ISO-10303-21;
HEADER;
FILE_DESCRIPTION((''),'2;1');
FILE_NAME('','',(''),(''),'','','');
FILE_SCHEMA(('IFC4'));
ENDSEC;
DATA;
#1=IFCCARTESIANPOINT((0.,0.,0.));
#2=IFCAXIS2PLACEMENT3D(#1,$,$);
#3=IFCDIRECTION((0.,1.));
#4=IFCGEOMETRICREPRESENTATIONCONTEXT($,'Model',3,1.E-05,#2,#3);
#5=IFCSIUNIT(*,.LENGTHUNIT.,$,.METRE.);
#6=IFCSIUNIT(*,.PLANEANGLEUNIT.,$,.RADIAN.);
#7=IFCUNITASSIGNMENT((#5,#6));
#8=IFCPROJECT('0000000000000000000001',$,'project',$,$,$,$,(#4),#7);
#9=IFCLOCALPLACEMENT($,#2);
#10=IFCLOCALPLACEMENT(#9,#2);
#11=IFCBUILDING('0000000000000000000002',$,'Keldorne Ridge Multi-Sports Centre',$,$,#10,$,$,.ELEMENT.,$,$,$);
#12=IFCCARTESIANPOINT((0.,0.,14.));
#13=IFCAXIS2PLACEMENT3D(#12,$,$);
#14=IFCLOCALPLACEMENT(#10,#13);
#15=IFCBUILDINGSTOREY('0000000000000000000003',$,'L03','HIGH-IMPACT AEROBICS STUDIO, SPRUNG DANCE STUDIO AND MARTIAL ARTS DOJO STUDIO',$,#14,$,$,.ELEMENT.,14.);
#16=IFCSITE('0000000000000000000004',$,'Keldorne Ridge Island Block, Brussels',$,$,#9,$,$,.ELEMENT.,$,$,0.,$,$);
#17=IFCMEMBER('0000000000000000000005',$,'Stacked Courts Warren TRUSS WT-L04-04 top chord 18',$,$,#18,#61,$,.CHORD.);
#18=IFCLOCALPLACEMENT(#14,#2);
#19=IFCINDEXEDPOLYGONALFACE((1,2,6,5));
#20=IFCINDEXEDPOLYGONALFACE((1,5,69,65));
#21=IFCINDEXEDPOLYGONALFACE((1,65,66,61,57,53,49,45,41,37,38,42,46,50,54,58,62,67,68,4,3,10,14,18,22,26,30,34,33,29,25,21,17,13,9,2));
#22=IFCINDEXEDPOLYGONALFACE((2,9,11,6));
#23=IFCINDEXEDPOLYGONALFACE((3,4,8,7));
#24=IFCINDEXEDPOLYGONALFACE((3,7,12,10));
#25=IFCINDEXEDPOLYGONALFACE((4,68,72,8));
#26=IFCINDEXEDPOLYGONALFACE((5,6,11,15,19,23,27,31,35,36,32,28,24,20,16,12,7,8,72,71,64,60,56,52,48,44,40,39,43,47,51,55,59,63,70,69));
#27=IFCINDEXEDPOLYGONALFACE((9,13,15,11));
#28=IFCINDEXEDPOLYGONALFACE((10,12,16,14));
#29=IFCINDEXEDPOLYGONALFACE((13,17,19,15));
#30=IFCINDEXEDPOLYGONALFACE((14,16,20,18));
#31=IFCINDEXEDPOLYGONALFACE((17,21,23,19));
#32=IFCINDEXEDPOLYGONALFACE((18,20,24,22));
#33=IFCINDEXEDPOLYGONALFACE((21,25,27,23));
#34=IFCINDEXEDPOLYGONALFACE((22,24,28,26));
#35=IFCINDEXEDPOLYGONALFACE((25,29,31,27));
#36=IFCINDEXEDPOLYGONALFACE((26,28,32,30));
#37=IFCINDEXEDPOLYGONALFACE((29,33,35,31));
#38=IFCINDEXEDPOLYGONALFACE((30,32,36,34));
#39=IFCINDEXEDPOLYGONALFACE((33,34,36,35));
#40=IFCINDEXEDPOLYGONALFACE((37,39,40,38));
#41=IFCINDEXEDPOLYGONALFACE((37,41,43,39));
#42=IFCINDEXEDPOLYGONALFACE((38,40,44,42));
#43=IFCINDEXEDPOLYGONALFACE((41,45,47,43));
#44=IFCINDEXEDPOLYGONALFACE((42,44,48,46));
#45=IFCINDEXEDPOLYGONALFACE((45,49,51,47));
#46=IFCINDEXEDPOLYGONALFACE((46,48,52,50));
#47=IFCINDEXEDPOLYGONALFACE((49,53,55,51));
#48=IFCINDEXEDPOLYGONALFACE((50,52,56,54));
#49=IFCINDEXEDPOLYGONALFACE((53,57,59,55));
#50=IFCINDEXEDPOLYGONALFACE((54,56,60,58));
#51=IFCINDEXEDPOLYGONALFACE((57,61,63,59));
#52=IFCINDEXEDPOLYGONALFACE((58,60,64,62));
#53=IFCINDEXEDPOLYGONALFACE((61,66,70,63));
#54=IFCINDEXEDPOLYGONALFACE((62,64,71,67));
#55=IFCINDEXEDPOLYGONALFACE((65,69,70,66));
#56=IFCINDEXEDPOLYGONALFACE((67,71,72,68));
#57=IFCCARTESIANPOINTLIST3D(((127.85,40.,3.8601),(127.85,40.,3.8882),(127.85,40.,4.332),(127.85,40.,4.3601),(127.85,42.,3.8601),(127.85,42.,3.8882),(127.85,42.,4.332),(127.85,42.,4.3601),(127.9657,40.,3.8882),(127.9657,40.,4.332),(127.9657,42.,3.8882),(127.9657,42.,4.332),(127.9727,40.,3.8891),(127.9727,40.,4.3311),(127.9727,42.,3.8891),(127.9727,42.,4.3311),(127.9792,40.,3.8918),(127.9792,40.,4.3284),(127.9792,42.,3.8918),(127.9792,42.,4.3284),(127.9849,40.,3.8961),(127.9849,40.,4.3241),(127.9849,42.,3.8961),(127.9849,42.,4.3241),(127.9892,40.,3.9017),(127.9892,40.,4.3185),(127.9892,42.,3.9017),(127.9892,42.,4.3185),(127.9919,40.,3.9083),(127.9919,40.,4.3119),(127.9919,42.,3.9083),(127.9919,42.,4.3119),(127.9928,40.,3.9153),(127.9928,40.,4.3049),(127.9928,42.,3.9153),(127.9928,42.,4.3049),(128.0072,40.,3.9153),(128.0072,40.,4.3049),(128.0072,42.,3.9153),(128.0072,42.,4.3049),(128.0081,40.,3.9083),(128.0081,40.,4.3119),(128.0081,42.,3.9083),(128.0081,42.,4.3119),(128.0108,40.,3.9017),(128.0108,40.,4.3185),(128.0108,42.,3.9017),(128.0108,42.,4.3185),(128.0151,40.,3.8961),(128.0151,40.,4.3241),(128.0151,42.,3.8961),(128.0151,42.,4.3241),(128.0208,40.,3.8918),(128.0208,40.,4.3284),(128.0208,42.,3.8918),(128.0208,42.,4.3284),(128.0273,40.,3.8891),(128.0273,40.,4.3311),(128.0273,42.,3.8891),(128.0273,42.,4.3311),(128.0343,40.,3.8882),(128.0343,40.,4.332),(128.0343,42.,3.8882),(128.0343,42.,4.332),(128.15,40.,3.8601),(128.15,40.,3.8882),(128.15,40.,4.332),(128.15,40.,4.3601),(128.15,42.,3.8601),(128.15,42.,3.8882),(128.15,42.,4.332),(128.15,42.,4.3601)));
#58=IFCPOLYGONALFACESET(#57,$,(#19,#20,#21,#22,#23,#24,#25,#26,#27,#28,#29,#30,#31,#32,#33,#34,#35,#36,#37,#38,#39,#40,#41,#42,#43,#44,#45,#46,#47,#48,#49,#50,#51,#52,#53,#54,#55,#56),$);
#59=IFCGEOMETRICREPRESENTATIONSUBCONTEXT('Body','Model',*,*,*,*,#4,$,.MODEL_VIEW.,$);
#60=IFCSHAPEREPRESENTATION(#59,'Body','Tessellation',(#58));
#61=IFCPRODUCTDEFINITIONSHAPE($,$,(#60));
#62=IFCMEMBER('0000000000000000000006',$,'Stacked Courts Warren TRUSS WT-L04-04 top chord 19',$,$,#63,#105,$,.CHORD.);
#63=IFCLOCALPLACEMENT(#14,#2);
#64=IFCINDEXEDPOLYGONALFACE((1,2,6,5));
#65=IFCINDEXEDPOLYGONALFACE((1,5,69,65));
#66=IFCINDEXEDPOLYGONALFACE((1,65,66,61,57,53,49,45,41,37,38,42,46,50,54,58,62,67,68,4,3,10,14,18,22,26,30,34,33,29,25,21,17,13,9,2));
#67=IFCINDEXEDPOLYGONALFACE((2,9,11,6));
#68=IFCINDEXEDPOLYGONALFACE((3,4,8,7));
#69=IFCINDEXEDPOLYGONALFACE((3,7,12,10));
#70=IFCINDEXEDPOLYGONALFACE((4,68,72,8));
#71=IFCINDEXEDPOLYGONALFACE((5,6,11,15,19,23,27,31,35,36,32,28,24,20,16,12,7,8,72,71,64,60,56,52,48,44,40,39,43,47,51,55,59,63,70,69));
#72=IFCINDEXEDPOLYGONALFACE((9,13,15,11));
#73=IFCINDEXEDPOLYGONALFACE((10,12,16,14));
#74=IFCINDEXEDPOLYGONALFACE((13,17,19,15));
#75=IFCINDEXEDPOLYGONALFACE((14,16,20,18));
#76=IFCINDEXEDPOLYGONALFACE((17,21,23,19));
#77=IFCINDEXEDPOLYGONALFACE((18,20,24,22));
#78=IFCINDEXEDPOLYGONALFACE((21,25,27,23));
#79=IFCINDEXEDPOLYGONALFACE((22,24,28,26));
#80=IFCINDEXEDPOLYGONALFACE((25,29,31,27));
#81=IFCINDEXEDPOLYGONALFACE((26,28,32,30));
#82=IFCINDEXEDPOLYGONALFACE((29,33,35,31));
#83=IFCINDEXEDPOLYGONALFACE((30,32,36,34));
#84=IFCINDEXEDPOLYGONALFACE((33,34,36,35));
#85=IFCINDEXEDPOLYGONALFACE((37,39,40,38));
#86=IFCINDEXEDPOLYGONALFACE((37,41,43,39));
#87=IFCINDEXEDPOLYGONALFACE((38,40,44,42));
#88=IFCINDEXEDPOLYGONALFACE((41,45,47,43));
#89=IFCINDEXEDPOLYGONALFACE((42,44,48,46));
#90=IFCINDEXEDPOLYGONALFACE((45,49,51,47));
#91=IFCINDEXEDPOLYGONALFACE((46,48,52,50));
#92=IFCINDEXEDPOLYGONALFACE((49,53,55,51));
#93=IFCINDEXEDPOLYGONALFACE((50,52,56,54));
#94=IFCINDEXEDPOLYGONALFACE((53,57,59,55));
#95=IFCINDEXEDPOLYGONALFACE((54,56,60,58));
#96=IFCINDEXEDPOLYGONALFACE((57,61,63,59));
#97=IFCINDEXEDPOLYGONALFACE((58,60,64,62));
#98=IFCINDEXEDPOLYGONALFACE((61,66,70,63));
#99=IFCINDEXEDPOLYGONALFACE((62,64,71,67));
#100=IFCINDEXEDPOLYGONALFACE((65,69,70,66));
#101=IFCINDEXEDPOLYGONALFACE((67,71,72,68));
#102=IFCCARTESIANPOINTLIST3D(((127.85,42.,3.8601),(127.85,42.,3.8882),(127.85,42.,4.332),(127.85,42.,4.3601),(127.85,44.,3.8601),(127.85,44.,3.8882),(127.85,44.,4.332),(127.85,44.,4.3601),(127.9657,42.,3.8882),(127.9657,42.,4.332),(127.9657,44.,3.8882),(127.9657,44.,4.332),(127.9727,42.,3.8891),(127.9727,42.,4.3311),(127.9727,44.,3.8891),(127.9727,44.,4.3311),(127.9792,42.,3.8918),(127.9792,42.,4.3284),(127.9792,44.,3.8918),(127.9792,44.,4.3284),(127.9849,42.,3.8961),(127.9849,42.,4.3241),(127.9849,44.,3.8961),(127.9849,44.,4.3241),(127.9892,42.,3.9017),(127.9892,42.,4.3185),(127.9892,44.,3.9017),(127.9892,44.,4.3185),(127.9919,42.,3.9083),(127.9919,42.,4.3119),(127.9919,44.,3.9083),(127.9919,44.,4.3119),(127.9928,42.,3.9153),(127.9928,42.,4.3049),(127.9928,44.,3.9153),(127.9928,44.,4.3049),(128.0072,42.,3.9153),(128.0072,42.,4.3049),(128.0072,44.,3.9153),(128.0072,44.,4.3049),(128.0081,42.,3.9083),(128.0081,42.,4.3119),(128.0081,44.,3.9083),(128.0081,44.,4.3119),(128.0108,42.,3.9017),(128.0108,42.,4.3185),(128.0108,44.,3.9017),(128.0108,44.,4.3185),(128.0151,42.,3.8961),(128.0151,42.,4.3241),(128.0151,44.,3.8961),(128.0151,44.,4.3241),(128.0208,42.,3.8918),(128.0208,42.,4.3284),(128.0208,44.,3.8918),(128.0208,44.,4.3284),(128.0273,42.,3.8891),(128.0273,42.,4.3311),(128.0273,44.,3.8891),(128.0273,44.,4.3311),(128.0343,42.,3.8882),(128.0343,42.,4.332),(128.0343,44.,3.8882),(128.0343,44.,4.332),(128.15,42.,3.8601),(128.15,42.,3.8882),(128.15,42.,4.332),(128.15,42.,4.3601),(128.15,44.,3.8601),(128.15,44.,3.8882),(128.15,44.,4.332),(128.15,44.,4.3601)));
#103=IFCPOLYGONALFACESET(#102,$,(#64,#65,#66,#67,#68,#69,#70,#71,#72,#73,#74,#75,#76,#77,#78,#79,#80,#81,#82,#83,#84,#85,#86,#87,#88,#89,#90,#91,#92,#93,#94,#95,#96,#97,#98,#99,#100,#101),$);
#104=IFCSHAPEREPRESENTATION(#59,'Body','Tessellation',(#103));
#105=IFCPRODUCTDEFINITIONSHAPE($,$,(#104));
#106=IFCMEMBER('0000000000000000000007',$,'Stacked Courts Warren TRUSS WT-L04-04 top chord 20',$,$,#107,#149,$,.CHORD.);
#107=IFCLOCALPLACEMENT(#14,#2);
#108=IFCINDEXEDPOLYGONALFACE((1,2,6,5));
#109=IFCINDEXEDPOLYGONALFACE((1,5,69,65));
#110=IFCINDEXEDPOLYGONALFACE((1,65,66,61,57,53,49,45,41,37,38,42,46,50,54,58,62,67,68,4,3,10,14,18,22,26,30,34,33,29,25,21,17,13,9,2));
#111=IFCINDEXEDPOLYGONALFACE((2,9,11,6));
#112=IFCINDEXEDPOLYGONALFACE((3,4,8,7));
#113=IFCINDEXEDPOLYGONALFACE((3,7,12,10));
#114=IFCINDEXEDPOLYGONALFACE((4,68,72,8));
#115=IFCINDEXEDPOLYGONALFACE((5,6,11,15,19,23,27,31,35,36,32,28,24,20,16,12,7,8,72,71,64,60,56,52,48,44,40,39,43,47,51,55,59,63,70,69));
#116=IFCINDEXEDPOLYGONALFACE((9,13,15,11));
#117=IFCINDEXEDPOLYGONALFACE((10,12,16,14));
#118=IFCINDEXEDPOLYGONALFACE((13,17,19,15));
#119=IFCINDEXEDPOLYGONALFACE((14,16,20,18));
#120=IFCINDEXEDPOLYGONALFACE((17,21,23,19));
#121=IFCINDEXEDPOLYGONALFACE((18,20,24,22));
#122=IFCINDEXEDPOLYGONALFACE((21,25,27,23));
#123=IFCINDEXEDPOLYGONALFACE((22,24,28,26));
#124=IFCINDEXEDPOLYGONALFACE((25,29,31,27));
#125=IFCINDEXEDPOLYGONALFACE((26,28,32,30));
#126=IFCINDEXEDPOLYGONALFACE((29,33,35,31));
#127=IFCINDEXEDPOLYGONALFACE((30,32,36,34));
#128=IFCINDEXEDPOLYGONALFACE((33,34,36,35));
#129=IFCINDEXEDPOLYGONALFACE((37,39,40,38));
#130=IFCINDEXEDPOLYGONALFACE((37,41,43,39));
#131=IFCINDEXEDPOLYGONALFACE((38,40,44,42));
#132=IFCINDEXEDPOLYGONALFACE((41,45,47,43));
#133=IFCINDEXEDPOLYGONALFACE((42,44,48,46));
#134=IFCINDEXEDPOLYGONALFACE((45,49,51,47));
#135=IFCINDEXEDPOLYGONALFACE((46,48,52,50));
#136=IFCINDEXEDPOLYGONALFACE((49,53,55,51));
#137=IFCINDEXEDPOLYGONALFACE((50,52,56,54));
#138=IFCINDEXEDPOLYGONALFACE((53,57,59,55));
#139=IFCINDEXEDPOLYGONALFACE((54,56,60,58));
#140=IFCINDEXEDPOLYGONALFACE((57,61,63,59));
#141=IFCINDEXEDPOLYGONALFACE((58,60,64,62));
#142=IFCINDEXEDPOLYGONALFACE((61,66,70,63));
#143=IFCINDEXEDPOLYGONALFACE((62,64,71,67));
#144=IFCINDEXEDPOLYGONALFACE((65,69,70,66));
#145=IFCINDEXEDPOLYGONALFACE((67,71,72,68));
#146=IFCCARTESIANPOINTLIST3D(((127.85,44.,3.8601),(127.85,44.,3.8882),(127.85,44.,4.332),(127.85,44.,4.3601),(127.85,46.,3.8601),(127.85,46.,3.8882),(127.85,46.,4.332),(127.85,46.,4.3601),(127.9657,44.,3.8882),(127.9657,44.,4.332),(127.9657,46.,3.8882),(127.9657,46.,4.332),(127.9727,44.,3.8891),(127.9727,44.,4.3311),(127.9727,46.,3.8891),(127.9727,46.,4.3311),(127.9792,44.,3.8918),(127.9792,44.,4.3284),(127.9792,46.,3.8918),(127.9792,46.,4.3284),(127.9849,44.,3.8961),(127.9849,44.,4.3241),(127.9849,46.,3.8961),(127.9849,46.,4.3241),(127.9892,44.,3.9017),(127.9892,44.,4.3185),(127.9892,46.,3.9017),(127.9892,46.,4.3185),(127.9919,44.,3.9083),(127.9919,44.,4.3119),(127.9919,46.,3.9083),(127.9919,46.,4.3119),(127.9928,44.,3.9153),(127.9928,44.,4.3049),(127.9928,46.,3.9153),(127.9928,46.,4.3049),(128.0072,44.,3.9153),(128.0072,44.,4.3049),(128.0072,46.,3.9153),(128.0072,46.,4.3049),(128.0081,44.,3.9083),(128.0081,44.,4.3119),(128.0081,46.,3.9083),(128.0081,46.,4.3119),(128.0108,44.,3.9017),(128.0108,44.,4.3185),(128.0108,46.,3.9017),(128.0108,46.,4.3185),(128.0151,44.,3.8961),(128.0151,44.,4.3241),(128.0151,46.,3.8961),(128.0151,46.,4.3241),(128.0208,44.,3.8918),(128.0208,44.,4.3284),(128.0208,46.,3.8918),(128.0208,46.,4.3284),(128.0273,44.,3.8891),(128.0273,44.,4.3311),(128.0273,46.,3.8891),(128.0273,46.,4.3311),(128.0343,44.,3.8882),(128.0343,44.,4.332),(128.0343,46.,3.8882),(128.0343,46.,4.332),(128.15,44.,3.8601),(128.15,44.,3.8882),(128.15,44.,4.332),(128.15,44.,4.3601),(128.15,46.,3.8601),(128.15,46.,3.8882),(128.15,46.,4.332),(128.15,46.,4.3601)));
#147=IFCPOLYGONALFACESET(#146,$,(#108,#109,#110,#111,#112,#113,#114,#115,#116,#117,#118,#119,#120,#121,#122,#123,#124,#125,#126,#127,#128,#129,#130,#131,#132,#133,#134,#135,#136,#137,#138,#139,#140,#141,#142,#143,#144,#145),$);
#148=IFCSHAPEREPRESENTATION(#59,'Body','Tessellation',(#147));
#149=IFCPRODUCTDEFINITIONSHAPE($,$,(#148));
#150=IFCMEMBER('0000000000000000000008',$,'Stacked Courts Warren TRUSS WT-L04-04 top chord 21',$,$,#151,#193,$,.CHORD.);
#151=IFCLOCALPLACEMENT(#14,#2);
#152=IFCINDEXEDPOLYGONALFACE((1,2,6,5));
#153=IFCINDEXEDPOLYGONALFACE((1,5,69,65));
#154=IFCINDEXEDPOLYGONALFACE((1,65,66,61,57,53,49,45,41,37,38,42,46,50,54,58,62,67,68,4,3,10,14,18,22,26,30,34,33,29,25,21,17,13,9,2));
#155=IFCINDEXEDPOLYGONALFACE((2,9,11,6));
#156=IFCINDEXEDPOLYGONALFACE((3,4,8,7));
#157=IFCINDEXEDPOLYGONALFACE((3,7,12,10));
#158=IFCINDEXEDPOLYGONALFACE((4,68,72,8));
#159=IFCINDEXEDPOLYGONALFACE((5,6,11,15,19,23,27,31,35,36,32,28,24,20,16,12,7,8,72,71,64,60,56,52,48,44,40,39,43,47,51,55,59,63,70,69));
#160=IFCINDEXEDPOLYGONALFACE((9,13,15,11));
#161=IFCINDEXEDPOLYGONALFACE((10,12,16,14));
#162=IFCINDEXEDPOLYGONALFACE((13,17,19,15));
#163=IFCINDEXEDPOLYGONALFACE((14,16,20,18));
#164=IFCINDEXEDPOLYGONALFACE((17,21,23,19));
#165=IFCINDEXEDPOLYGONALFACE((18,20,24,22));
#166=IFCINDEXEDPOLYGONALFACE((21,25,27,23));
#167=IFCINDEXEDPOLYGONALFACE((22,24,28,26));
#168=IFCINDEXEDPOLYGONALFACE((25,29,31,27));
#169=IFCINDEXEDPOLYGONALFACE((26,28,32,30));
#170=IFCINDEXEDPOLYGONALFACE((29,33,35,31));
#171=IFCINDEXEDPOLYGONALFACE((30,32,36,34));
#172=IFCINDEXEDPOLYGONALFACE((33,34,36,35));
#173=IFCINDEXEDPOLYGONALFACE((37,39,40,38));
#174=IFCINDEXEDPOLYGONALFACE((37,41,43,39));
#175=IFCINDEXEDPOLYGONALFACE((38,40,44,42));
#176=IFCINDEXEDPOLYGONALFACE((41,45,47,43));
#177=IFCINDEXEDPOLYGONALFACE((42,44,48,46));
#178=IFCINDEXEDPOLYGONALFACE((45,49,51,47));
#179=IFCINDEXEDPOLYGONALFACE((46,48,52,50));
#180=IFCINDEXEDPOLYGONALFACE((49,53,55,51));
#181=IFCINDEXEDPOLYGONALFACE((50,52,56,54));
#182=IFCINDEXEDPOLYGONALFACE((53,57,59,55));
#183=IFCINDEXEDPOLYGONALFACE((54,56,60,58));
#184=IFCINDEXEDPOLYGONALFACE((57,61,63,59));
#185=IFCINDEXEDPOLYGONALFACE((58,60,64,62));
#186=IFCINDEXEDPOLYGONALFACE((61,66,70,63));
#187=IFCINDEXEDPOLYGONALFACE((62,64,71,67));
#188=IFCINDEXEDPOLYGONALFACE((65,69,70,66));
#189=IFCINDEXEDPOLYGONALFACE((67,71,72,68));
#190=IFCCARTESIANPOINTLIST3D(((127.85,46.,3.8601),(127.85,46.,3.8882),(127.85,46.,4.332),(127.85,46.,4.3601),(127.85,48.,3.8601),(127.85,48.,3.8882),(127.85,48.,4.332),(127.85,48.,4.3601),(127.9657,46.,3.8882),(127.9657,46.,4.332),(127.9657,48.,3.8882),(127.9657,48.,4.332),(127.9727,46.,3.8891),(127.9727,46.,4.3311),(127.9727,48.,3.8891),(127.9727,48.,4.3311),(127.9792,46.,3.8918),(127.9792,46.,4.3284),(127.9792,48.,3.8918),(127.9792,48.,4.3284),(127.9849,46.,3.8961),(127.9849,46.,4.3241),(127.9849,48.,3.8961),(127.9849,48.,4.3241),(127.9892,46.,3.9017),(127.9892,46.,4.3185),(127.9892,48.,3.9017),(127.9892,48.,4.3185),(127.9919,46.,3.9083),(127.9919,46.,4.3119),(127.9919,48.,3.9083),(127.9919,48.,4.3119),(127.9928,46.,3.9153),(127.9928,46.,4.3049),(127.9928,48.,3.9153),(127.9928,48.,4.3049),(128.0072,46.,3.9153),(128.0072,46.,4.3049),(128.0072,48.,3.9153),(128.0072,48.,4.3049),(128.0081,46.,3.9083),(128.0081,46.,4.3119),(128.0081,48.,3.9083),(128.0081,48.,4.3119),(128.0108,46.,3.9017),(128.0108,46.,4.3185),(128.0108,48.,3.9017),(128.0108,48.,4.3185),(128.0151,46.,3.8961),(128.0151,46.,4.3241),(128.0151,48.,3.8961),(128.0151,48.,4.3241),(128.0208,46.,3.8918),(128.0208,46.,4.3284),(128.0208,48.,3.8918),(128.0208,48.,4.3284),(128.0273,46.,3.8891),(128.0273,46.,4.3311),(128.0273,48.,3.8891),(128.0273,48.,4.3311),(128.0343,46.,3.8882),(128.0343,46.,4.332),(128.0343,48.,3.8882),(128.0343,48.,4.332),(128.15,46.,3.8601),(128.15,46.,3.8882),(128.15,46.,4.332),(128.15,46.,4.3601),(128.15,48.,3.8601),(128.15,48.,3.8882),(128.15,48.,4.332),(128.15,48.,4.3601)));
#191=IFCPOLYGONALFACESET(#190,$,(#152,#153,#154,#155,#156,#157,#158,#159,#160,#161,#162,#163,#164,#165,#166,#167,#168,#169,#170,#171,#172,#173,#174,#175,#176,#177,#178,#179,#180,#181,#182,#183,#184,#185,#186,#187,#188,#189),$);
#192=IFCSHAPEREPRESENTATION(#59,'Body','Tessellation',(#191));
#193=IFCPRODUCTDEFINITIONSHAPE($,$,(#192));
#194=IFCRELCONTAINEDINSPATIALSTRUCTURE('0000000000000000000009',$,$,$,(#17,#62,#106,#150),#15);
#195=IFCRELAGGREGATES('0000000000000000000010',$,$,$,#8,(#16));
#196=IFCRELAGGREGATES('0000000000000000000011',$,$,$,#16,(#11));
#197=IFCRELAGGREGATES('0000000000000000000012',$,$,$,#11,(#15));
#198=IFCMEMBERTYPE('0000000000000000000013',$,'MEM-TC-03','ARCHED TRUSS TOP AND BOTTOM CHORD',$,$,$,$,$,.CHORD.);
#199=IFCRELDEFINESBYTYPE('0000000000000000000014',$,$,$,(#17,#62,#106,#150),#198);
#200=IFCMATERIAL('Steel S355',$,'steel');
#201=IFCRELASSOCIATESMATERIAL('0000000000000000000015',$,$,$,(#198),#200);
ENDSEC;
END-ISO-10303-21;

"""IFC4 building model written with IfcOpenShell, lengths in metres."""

from ifc_helpers import new_model, si_unit, direction, frame, origin, origin_2d, place, context, subcontext, project, spatial, i_section, extrude, material, material_profile, profile_set, type_object, element, save


model = new_model("IFC4")

# Units and contexts
model_context = context("Model", 3, precision=1e-05, world=origin(), true_north=direction((0.0, 1.0)))
body_context = subcontext(model_context, "Body", "Model", "MODEL_VIEW")
ifc_project = project(units=[si_unit("LENGTHUNIT", "METRE"), si_unit("PLANEANGLEUNIT", "RADIAN")], contexts=[model_context])

# Site, building, storey
site_placement = place(None, origin())
site = spatial("IfcSite", under=ifc_project, at=site_placement, Name="Keldorne Ridge Island Block, Brussels", CompositionType="ELEMENT", RefElevation=0.0)
building_placement = place(site_placement, origin())
building = spatial("IfcBuilding", under=site, at=building_placement, Name="Keldorne Ridge Multi-Sports Centre", CompositionType="ELEMENT")
storey_placement = place(building_placement, frame((0.0, 0.0, 14.0)))
storey = spatial("IfcBuildingStorey", under=building, at=storey_placement, Name="L03", Description="HIGH-IMPACT AEROBICS STUDIO, SPRUNG DANCE STUDIO AND MARTIAL ARTS DOJO STUDIO", CompositionType="ELEMENT", Elevation=14.0)

# Members
ifc_material = material(Name="Steel S355", Category="steel")
ifc_material_profile_1 = material_profile(ifc_material, i_section(OverallWidth=0.3, OverallDepth=0.5, WebThickness=0.0144, FlangeThickness=0.0281, FilletRadius=0.0271, at=origin_2d()), Name="HEB 500")
ifc_profile_set_1 = profile_set([ifc_material_profile_1], Name="Steel S355")
member_type_1 = type_object("IfcMemberType", Name="MEM-TC-03", Description="ARCHED TRUSS TOP AND BOTTOM CHORD", PredefinedType="CHORD", material=ifc_profile_set_1)
for number, where, z_axis, x_axis, name in (
    (1, (128.0, 40.0, 4.1101), (0.0, 1.0, 0.0), (-1.0, 0.0, 0.0), "Stacked Courts Warren TRUSS WT-L04-04 top chord 18"),
    (2, (128.0, 42.0, 4.1101), (0.0, 1.0, 0.0), (-1.0, 0.0, 0.0), "Stacked Courts Warren TRUSS WT-L04-04 top chord 19"),
    (3, (128.0, 44.0, 4.1101), (0.0, 1.0, 0.0), (-1.0, 0.0, 0.0), "Stacked Courts Warren TRUSS WT-L04-04 top chord 20"),
    (4, (128.0, 46.0, 4.1101), (0.0, 1.0, 0.0), (-1.0, 0.0, 0.0), "Stacked Courts Warren TRUSS WT-L04-04 top chord 21"),
):
    element("IfcMember", number, at=place(storey_placement, frame(where, z_axis=z_axis, x_axis=x_axis)), inside=storey, type_object=member_type_1, Name=name, PredefinedType="CHORD", context=body_context, shape_type="SweptSolid", body=[
        extrude(i_section(OverallWidth=0.3, OverallDepth=0.5, WebThickness=0.0144, FlangeThickness=0.0281, FilletRadius=0.0271, at=origin_2d()), origin(), (0.0, 0.0, 1.0), 2.0),
    ])

save(model, "model.ifc")
